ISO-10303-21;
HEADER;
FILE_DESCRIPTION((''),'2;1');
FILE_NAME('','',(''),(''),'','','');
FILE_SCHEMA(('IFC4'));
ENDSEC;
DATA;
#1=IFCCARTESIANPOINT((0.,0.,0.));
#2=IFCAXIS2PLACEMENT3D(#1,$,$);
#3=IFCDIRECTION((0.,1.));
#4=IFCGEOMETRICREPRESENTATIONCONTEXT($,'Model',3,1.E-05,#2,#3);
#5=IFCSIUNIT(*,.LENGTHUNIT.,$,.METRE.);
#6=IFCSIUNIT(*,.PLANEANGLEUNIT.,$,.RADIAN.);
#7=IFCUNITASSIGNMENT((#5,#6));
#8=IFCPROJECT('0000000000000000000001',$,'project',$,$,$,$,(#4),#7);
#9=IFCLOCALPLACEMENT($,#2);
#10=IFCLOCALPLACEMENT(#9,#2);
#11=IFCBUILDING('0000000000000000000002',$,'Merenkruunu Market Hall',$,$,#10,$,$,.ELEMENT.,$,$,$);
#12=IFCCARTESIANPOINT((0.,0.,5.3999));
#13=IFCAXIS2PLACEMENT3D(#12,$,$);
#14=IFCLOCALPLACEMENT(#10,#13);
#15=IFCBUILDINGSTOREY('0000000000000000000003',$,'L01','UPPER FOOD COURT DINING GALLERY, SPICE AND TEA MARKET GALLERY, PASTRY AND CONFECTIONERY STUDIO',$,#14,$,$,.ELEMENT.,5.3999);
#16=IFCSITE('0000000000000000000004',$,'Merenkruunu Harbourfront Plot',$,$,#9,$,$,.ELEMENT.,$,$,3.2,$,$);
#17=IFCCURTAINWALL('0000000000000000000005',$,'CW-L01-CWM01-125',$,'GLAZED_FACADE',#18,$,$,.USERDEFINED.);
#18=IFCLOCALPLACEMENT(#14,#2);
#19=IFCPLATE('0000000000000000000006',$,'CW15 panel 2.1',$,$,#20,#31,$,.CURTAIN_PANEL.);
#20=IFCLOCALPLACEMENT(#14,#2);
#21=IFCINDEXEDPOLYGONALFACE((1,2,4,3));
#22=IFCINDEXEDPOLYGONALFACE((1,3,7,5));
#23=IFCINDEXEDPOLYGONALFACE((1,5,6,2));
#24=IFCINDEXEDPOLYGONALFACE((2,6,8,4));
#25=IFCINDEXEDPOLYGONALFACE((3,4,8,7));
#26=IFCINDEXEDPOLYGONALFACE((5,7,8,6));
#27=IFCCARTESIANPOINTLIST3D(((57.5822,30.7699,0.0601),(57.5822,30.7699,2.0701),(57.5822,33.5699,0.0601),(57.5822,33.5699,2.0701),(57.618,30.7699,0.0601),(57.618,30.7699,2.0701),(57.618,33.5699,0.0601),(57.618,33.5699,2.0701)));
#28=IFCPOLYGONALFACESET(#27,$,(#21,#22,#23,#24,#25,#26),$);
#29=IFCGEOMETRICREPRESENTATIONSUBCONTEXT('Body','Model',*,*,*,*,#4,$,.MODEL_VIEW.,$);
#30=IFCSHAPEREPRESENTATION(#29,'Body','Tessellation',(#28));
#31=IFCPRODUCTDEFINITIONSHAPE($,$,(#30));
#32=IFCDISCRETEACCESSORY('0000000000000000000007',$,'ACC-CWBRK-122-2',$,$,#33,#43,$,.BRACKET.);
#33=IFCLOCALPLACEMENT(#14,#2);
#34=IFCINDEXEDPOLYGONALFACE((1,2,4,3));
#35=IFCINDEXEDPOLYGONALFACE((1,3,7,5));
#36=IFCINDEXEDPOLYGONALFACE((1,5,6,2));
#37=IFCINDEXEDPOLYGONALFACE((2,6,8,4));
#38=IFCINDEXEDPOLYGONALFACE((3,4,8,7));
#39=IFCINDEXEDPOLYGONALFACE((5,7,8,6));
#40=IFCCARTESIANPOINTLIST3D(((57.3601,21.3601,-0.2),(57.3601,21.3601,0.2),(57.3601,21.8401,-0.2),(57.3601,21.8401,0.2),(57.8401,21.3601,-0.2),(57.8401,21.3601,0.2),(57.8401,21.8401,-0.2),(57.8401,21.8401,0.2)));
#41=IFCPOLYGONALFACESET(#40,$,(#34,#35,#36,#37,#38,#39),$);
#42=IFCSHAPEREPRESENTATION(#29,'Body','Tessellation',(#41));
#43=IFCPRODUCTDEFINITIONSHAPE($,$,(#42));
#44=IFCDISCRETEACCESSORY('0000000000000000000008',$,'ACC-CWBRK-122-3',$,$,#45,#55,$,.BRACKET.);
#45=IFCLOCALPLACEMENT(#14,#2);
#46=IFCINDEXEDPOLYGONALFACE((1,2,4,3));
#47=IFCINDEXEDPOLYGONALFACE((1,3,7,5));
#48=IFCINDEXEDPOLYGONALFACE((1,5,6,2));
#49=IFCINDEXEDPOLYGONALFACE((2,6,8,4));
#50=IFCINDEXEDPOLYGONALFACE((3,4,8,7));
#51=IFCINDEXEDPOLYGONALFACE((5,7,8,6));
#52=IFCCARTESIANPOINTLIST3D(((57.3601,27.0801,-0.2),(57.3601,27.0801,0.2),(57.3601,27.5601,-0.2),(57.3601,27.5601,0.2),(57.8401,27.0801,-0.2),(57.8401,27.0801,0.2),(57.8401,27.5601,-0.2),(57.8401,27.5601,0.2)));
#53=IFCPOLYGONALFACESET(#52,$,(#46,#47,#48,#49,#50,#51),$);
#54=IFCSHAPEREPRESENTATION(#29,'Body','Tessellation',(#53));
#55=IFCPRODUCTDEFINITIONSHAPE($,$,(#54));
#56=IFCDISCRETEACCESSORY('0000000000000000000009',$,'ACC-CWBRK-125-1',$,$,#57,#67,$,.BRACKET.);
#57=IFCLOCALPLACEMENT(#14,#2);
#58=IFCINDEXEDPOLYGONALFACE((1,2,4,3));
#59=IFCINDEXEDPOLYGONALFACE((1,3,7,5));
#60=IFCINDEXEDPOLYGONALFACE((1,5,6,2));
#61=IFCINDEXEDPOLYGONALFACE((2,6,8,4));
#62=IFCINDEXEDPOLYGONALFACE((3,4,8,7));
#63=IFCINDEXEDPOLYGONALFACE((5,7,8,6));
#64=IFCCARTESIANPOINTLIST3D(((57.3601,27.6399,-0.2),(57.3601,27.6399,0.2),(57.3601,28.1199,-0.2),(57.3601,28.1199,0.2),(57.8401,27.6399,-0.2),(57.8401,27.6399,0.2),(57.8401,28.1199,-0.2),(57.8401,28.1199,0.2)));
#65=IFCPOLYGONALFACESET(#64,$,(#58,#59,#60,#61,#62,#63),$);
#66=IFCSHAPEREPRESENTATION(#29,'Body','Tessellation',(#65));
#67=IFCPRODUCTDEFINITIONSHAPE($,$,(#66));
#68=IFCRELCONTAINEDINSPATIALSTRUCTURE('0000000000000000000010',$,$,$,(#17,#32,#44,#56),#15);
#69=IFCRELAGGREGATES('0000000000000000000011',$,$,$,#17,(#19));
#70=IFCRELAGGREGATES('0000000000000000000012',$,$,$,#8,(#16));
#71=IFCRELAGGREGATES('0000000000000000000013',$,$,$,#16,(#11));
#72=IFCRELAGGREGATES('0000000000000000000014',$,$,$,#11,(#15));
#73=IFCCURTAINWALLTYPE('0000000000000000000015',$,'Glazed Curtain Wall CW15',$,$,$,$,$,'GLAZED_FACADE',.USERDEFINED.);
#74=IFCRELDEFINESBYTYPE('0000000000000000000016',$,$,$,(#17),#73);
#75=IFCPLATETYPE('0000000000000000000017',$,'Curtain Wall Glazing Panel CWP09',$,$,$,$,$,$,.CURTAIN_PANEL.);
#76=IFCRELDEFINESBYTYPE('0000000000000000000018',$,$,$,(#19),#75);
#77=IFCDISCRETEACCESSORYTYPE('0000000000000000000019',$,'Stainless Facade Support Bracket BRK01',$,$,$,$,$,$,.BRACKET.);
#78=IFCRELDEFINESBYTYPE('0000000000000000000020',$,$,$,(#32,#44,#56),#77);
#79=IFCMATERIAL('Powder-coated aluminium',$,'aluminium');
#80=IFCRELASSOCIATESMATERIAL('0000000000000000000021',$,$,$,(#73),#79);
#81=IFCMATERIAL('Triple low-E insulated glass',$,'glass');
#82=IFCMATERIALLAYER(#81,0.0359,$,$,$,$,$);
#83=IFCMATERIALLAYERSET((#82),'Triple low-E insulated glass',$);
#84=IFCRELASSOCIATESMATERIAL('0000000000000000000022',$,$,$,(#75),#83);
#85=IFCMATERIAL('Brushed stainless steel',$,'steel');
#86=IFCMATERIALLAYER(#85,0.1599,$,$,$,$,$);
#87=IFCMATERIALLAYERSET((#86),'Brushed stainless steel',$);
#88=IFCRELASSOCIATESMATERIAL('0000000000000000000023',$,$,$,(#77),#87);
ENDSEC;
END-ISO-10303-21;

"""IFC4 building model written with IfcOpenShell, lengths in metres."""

from ifc_helpers import new_model, si_unit, direction, frame, origin, origin_2d, place, context, subcontext, project, spatial, rectangle, extrude, material, layer, layer_set, type_object, element, aggregate, save


model = new_model("IFC4")

# Units and contexts
model_context = context("Model", 3, precision=1e-05, world=origin(), true_north=direction((0.0, 1.0)))
body_context = subcontext(model_context, "Body", "Model", "MODEL_VIEW")
ifc_project = project(units=[si_unit("LENGTHUNIT", "METRE"), si_unit("PLANEANGLEUNIT", "RADIAN")], contexts=[model_context])

# Site, building, storey
site_placement = place(None, origin())
site = spatial("IfcSite", under=ifc_project, at=site_placement, Name="Merenkruunu Harbourfront Plot", CompositionType="ELEMENT", RefElevation=3.2)
building_placement = place(site_placement, origin())
building = spatial("IfcBuilding", under=site, at=building_placement, Name="Merenkruunu Market Hall", CompositionType="ELEMENT")
storey_placement = place(building_placement, frame((0.0, 0.0, 5.3999)))
storey = spatial("IfcBuildingStorey", under=building, at=storey_placement, Name="L01", Description="UPPER FOOD COURT DINING GALLERY, SPICE AND TEA MARKET GALLERY, PASTRY AND CONFECTIONERY STUDIO", CompositionType="ELEMENT", Elevation=5.3999)

# Curtain wall
ifc_material_1 = material(Name="Powder-coated aluminium", Category="aluminium")
curtain_wall_type = type_object("IfcCurtainWallType", Name="Glazed Curtain Wall CW15", ElementType="GLAZED_FACADE", PredefinedType="USERDEFINED", material=ifc_material_1)
curtain_wall_1_placement = place(storey_placement, origin())
curtain_wall_1 = element("IfcCurtainWall", 1, at=curtain_wall_1_placement, inside=storey, type_object=curtain_wall_type, Name="CW-L01-CWM01-125", ObjectType="GLAZED_FACADE", PredefinedType="USERDEFINED")

# Plate
ifc_material_2 = material(Name="Triple low-E insulated glass", Category="glass")
ifc_layer_1 = layer(ifc_material_2, 0.0359)
ifc_layer_set_1 = layer_set([ifc_layer_1], Name="Triple low-E insulated glass")
plate_type = type_object("IfcPlateType", Name="Curtain Wall Glazing Panel CWP09", PredefinedType="CURTAIN_PANEL", material=ifc_layer_set_1)
plate_1_placement = place(storey_placement, frame((57.6001, 32.1699, 0.0601), z_axis=(0.0, 0.0, 1.0), x_axis=(0.0, 1.0, 0.0)))
plate_1 = element("IfcPlate", 2, at=plate_1_placement, type_object=plate_type, Name="CW15 panel 2.1", PredefinedType="CURTAIN_PANEL", context=body_context, shape_type="SweptSolid", body=[
    extrude(rectangle(XDim=2.8, YDim=0.0359, at=origin_2d()), origin(), (0.0, 0.0, 1.0), 2.01),
])
aggregate(curtain_wall_1, [plate_1])

# Discrete accessories
ifc_material_3 = material(Name="Brushed stainless steel", Category="steel")
ifc_layer_2 = layer(ifc_material_3, 0.1599)
ifc_layer_set_2 = layer_set([ifc_layer_2], Name="Brushed stainless steel")
discrete_accessory_type = type_object("IfcDiscreteAccessoryType", Name="Stainless Facade Support Bracket BRK01", PredefinedType="BRACKET", material=ifc_layer_set_2)
for number, where, z_axis, x_axis, name in (
    (3, (57.6001, 21.6001, -0.2), (0.0, 0.0, 1.0), (1.0, 0.0, 0.0), "ACC-CWBRK-122-2"),
    (4, (57.6001, 27.3201, -0.2), (0.0, 0.0, 1.0), (1.0, 0.0, 0.0), "ACC-CWBRK-122-3"),
    (5, (57.6001, 27.8799, -0.2), (0.0, 0.0, 1.0), (1.0, 0.0, 0.0), "ACC-CWBRK-125-1"),
):
    element("IfcDiscreteAccessory", number, at=place(storey_placement, frame(where, z_axis=z_axis, x_axis=x_axis)), inside=storey, type_object=discrete_accessory_type, Name=name, PredefinedType="BRACKET", context=body_context, shape_type="SweptSolid", body=[
        extrude(rectangle(XDim=0.48, YDim=0.48, at=origin_2d()), origin(), (0.0, 0.0, 1.0), 0.3999),
    ])

save(model, "model.ifc")
